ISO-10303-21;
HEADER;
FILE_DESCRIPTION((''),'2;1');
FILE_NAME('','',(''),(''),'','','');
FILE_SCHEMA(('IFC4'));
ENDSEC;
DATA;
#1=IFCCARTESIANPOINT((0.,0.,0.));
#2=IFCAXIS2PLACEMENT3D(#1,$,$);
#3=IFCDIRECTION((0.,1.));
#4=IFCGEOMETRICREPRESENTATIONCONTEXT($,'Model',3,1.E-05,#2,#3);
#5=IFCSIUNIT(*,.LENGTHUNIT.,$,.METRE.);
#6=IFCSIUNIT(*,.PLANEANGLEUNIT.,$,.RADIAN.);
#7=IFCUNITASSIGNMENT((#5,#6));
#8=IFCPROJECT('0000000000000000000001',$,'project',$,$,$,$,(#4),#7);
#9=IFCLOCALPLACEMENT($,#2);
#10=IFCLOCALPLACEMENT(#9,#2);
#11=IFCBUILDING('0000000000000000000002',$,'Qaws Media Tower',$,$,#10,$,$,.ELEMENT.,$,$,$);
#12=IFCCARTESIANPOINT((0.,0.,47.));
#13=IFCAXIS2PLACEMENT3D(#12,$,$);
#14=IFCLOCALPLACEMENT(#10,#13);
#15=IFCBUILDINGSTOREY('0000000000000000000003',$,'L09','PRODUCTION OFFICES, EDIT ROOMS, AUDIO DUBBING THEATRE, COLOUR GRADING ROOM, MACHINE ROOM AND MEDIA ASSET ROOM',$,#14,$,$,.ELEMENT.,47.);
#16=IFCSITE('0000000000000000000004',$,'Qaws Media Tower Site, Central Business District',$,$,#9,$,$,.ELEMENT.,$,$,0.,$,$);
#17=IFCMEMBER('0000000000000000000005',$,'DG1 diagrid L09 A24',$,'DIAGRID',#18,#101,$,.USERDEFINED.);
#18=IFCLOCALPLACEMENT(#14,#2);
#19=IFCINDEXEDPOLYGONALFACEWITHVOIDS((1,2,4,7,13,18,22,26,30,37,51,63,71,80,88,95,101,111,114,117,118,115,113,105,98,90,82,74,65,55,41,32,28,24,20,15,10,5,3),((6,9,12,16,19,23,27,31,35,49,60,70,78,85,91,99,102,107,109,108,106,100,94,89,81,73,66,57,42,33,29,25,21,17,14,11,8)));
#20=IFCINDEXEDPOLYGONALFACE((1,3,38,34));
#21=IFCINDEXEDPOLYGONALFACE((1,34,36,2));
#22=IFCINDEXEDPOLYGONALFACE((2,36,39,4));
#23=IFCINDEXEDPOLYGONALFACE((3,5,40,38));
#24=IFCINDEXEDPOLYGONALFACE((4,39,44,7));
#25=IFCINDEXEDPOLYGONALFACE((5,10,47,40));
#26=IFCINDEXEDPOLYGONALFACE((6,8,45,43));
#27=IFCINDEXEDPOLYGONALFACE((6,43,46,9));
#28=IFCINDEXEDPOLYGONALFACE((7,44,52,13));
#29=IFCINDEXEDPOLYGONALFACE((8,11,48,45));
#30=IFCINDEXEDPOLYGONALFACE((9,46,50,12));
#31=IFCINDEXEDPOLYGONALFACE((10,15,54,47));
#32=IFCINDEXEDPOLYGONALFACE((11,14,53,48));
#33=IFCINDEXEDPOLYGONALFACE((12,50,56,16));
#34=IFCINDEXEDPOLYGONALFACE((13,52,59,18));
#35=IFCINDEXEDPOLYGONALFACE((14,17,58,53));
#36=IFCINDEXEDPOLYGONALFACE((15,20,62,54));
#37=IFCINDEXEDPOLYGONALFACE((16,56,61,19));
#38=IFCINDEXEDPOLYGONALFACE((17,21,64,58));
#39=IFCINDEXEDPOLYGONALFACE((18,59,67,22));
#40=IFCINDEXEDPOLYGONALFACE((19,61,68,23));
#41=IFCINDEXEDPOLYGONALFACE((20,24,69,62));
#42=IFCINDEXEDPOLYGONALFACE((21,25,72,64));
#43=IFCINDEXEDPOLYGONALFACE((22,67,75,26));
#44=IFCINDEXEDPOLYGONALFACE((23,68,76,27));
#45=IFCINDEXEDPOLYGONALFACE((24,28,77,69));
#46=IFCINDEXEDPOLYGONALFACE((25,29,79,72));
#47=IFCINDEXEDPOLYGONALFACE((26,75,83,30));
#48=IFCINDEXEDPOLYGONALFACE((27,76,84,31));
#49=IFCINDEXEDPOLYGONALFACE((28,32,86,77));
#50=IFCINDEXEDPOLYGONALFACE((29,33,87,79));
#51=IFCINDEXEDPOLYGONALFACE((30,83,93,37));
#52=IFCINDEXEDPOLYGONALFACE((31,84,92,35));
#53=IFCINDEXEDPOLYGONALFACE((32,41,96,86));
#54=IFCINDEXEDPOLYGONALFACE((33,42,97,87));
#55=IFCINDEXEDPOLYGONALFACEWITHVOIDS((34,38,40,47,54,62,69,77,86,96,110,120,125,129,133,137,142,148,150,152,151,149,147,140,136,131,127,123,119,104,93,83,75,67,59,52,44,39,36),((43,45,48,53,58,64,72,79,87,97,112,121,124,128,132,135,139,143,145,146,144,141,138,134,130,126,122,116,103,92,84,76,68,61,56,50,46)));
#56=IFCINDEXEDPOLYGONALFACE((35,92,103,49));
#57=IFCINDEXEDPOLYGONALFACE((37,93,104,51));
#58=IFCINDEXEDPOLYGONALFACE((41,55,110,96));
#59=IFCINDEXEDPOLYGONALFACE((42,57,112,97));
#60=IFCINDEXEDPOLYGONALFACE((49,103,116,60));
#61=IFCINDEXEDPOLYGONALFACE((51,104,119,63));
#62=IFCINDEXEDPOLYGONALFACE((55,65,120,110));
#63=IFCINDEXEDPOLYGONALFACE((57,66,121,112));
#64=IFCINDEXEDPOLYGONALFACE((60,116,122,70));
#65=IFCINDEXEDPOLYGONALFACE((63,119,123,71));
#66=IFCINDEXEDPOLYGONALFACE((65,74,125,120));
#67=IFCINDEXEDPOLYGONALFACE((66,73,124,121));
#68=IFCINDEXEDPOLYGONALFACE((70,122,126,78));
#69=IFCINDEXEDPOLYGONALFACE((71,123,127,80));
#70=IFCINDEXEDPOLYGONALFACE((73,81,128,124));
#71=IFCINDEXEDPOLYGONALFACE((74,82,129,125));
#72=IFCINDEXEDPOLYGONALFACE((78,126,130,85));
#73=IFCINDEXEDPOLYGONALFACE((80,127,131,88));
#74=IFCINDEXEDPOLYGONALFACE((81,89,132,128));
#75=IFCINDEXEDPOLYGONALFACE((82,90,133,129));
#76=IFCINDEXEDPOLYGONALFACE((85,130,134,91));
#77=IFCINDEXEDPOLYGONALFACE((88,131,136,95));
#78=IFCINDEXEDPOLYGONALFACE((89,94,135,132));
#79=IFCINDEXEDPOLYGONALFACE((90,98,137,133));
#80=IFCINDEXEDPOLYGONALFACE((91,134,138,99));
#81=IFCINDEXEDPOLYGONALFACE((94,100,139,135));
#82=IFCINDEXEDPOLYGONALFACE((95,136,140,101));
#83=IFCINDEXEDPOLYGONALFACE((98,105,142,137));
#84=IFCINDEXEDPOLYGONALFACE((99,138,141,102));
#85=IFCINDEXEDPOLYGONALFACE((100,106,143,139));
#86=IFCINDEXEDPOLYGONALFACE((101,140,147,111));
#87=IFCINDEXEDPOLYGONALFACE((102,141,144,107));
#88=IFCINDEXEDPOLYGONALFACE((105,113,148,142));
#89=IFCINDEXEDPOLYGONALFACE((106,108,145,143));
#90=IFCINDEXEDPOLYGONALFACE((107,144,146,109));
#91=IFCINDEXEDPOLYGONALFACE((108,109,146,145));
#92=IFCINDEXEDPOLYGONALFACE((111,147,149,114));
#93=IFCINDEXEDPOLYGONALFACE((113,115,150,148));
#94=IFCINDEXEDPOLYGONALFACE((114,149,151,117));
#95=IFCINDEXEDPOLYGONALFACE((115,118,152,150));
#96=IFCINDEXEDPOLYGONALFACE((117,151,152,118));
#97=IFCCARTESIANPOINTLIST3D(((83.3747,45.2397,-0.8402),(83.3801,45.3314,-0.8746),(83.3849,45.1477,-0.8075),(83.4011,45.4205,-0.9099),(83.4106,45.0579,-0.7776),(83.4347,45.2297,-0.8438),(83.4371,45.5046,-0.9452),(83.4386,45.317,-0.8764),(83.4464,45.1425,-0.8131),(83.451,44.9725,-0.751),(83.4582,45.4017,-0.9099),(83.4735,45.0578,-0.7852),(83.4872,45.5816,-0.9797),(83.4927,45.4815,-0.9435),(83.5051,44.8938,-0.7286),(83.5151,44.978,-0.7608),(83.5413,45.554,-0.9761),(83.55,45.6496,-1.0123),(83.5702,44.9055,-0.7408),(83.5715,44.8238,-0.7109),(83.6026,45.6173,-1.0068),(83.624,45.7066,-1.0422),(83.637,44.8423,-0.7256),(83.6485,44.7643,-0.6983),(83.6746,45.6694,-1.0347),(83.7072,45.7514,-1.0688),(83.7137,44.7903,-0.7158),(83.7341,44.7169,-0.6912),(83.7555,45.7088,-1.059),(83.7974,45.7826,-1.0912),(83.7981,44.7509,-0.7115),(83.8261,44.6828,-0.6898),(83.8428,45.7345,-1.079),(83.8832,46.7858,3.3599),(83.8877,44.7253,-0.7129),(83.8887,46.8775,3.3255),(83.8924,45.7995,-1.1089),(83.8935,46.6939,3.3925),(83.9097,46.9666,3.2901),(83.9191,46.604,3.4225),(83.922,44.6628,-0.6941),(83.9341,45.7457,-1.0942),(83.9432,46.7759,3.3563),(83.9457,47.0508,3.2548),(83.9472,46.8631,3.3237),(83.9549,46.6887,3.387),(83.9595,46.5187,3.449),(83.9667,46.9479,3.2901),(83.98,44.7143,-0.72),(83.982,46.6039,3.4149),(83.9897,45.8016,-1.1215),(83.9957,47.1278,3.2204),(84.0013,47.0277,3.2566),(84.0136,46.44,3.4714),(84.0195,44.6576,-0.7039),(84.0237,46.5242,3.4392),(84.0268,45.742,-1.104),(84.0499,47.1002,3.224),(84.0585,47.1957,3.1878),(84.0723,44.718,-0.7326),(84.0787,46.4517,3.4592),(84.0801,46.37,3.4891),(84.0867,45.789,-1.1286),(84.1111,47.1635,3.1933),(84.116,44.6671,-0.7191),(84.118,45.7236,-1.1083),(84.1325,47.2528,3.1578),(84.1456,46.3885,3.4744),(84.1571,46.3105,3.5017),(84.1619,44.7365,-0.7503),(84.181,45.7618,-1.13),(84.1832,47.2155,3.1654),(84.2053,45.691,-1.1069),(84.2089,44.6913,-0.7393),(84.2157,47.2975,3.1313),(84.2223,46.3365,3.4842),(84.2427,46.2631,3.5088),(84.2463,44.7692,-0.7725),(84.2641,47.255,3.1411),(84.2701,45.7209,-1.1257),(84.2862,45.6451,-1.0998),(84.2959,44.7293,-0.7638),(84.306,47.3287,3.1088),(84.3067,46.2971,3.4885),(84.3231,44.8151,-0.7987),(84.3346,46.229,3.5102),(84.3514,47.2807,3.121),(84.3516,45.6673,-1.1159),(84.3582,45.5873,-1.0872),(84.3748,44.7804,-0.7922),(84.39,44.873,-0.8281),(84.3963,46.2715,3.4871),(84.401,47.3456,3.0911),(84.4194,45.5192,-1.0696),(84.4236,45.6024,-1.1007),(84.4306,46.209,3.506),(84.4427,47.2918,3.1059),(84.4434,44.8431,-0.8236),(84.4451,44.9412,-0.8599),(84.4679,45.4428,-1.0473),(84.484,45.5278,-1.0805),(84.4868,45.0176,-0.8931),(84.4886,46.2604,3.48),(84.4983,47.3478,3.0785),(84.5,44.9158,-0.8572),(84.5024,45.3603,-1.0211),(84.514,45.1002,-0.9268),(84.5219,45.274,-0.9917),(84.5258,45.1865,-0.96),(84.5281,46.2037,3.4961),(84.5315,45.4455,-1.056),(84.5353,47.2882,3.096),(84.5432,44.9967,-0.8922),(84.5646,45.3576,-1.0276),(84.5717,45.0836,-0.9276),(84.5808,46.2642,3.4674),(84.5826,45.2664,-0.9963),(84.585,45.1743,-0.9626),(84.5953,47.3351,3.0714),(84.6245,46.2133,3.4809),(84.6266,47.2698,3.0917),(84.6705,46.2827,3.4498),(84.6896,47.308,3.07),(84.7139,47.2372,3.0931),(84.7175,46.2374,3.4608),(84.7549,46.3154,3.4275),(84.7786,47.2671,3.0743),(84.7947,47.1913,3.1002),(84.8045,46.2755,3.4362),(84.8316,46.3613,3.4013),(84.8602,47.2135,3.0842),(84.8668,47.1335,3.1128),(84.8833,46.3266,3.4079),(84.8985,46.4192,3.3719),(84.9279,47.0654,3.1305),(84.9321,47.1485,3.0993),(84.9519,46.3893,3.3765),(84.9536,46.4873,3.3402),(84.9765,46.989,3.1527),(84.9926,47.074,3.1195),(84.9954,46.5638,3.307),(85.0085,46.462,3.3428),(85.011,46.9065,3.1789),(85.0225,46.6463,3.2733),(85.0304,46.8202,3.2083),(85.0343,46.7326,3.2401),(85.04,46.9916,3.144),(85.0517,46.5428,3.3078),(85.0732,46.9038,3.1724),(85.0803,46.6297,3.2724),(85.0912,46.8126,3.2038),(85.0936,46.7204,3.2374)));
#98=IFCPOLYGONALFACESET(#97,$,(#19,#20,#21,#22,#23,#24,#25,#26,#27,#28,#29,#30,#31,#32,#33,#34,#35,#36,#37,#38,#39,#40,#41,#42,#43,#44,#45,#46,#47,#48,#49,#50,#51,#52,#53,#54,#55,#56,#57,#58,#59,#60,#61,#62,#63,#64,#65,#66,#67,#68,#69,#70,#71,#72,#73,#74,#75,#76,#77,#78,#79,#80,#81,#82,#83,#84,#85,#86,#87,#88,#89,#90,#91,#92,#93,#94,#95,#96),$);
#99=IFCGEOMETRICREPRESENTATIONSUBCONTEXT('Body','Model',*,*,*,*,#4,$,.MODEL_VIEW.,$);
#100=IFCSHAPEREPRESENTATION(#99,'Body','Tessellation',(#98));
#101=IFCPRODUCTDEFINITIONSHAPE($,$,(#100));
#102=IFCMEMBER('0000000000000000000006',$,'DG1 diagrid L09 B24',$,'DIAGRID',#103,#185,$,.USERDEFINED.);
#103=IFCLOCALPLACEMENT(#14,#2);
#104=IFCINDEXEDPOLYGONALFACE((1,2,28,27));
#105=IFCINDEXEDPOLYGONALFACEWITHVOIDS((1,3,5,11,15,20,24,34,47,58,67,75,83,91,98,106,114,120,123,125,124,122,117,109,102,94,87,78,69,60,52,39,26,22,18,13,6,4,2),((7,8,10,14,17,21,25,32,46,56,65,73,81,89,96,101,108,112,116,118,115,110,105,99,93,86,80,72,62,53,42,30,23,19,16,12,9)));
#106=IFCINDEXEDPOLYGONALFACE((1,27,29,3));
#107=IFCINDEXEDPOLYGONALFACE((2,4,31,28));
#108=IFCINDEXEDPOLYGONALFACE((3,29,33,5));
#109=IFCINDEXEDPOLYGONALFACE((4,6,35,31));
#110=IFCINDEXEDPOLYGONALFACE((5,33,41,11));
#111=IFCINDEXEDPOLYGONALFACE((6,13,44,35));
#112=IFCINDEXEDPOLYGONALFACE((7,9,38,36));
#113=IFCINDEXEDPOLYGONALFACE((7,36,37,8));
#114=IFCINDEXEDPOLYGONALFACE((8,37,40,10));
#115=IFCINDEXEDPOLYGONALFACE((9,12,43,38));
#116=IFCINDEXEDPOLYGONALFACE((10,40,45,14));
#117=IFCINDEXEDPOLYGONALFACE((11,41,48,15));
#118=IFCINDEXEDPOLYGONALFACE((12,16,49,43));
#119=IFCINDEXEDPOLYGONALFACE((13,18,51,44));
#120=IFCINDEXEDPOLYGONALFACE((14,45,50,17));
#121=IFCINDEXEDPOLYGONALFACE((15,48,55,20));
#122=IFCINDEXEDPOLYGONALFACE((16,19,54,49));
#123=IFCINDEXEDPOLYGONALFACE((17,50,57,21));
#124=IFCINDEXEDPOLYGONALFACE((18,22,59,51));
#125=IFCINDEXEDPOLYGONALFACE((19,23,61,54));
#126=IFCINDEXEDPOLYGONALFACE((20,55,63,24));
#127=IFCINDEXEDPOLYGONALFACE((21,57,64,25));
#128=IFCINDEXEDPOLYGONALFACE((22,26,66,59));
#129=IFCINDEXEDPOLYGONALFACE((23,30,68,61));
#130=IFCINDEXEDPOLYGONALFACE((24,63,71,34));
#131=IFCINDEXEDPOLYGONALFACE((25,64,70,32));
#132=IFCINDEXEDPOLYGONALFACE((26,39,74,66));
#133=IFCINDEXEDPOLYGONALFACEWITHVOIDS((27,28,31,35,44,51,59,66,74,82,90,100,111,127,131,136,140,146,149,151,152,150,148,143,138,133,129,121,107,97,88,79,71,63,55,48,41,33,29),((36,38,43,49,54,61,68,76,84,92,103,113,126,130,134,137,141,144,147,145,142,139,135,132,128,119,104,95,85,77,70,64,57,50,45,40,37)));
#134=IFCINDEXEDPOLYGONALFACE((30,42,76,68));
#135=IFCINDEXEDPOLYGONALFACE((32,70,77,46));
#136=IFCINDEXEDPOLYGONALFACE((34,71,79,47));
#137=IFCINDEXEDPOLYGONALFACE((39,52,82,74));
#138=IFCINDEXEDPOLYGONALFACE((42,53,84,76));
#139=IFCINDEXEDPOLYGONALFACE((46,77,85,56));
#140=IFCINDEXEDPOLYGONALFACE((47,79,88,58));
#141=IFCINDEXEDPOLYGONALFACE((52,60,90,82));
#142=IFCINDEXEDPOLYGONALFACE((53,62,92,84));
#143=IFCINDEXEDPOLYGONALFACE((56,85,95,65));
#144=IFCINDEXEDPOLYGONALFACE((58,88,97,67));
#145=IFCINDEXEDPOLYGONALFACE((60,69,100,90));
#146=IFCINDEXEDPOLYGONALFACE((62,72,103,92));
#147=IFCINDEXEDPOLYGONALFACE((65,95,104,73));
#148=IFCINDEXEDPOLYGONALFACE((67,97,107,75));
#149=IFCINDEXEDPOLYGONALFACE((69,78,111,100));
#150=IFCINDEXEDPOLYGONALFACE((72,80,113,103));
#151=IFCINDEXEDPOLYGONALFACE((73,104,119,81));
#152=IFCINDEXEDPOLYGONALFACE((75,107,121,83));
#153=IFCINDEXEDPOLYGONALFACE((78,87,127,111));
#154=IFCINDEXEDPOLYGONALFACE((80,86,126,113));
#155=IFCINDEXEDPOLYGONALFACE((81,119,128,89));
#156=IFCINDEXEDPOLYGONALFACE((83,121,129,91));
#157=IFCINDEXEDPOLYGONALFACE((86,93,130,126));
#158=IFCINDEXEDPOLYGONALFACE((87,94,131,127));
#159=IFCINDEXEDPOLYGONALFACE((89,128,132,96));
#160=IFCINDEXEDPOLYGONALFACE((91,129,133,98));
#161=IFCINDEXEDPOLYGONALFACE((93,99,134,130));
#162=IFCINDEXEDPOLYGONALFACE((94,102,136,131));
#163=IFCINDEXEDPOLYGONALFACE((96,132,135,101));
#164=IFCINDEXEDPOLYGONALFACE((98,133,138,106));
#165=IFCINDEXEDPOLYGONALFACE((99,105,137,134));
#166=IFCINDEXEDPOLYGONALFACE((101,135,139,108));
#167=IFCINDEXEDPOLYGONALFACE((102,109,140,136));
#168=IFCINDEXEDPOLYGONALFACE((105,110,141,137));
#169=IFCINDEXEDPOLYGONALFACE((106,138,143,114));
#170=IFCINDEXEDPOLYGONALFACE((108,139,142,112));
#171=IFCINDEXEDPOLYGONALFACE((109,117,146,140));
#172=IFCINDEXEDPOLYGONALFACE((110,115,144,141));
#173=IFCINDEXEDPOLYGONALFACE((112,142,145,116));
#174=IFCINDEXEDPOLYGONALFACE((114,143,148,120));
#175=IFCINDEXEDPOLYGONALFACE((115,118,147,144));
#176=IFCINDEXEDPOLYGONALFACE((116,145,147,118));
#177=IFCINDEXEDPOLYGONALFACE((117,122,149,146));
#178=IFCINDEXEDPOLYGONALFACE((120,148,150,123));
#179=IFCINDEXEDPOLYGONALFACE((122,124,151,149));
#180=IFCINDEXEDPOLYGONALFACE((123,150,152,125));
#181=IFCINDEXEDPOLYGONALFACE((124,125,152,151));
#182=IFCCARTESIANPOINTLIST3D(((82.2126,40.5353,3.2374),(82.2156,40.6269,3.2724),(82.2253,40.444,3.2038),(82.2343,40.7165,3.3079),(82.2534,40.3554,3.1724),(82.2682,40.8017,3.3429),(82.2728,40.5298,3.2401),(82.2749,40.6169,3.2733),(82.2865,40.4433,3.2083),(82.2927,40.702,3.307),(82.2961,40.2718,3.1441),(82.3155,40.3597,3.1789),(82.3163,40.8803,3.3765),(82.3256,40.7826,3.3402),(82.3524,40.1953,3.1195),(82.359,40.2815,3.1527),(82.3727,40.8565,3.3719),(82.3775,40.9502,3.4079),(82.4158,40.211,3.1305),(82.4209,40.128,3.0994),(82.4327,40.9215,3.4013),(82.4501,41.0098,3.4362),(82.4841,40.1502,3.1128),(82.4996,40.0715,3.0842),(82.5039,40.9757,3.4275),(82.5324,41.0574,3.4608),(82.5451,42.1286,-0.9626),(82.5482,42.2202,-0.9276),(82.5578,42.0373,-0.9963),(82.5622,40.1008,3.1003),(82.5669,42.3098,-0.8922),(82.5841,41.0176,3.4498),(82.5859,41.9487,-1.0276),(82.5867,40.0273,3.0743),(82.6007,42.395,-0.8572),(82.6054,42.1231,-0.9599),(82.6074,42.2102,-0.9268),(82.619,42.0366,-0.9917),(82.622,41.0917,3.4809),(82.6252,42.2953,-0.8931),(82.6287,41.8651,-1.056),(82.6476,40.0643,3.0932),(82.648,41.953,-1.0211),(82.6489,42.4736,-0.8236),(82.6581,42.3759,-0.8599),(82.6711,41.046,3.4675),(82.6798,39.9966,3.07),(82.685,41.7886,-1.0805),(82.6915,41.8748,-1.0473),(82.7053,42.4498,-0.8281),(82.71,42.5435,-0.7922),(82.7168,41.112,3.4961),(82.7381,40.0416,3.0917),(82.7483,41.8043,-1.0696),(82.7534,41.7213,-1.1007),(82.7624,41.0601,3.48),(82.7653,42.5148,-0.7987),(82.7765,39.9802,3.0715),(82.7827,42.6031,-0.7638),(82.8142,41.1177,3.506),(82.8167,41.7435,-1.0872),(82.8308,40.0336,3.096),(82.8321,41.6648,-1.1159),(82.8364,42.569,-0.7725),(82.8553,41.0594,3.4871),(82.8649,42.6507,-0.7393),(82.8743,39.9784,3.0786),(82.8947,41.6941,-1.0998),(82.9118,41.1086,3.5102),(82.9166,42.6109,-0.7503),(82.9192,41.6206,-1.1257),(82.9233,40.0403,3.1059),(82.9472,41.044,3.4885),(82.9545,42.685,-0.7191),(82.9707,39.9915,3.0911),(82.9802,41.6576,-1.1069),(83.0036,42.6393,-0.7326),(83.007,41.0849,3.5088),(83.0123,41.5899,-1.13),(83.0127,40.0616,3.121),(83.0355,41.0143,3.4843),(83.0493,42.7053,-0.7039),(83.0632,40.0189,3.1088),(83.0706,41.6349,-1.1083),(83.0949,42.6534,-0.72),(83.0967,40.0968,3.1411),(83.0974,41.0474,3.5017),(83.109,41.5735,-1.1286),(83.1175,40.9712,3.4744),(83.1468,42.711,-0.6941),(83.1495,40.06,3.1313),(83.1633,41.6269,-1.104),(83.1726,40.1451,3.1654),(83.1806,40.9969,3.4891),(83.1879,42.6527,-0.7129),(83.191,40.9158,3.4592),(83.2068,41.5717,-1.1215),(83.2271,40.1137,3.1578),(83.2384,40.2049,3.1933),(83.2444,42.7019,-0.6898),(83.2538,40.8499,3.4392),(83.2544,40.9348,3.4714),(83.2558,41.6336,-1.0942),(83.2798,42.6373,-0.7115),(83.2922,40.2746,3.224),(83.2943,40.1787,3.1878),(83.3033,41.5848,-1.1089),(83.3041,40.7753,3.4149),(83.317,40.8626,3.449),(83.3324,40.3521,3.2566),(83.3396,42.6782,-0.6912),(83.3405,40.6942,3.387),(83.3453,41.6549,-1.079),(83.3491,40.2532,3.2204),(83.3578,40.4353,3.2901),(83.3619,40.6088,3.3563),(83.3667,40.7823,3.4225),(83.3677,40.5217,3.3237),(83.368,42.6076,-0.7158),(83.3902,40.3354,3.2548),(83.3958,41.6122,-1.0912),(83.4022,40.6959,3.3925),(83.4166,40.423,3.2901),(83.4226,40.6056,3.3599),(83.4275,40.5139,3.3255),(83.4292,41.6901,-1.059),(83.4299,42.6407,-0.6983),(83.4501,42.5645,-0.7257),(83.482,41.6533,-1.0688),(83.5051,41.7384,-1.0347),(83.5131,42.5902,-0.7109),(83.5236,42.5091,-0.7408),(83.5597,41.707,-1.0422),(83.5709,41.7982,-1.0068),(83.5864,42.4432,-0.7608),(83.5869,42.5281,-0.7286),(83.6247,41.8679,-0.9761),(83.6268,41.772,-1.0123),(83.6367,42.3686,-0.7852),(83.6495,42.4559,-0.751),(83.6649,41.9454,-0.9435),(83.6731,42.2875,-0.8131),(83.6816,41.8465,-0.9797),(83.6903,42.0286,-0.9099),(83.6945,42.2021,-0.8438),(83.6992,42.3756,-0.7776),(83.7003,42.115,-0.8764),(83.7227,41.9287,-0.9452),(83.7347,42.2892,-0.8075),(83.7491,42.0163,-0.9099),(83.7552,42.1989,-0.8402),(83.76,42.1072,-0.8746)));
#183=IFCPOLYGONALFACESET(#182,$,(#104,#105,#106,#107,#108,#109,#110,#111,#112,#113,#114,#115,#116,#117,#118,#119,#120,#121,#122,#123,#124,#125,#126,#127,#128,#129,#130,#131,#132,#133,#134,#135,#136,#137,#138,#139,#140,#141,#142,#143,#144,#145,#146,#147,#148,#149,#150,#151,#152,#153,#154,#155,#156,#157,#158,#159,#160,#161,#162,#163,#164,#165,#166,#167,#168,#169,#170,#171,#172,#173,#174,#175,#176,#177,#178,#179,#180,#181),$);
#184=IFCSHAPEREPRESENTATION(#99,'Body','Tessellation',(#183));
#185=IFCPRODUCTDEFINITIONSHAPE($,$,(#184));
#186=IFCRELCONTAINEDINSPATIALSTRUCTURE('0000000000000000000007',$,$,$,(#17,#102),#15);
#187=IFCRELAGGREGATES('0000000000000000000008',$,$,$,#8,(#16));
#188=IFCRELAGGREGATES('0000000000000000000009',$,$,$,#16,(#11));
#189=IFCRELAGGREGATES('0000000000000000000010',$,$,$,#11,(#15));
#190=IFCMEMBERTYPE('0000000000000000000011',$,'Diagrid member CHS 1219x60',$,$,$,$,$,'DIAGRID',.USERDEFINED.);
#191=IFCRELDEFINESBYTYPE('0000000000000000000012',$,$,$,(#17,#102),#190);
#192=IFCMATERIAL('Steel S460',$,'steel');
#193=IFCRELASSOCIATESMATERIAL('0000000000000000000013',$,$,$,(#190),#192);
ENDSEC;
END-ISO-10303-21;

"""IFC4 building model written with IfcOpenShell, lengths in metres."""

from ifc_helpers import new_model, si_unit, direction, frame, origin, origin_2d, place, context, subcontext, project, spatial, hollow_circle, extrude, material, material_profile, profile_set, type_object, element, save


model = new_model("IFC4")

# Units and contexts
model_context = context("Model", 3, precision=1e-05, world=origin(), true_north=direction((0.0, 1.0)))
body_context = subcontext(model_context, "Body", "Model", "MODEL_VIEW")
ifc_project = project(units=[si_unit("LENGTHUNIT", "METRE"), si_unit("PLANEANGLEUNIT", "RADIAN")], contexts=[model_context])

# Site, building, storey
site_placement = place(None, origin())
site = spatial("IfcSite", under=ifc_project, at=site_placement, Name="Qaws Media Tower Site, Central Business District", CompositionType="ELEMENT", RefElevation=0.0)
building_placement = place(site_placement, origin())
building = spatial("IfcBuilding", under=site, at=building_placement, Name="Qaws Media Tower", CompositionType="ELEMENT")
storey_placement = place(building_placement, frame((0.0, 0.0, 47.0)))
storey = spatial("IfcBuildingStorey", under=building, at=storey_placement, Name="L09", Description="PRODUCTION OFFICES, EDIT ROOMS, AUDIO DUBBING THEATRE, COLOUR GRADING ROOM, MACHINE ROOM AND MEDIA ASSET ROOM", CompositionType="ELEMENT", Elevation=47.0)

# Members
ifc_material_1 = material(Name="Steel S460", Category="steel")
ifc_material_profile_1 = material_profile(ifc_material_1, hollow_circle(Radius=0.6096, WallThickness=0.0601, at=origin_2d()), Name="CHS 1219x60")
ifc_profile_set_1 = profile_set([ifc_material_profile_1], Name="Steel S460")
member_type_1 = type_object("IfcMemberType", Name="Diagrid member CHS 1219x60", ElementType="DIAGRID", PredefinedType="USERDEFINED", material=ifc_profile_set_1)
for number, where, z_axis, x_axis, name in (
    (1, (83.9802, 45.23, -0.9099), (0.112902, 0.343259, 0.93243), (-0.949936, 0.312445, 0.0), "DG1 diagrid L09 A24"),
    (2, (83.1523, 42.1409, -0.9099), (-0.073823, -0.353721, 0.932433), (0.978908, -0.204302, 0.0), "DG1 diagrid L09 B24"),
):
    element("IfcMember", number, at=place(storey_placement, frame(where, z_axis=z_axis, x_axis=x_axis)), inside=storey, type_object=member_type_1, Name=name, ObjectType="DIAGRID", PredefinedType="USERDEFINED", context=body_context, shape_type="SweptSolid", body=[
        extrude(hollow_circle(Radius=0.6096, WallThickness=0.0601, at=origin_2d()), origin(), (0.0, 0.0, 1.0), 4.5044),
    ])

save(model, "model.ifc")
